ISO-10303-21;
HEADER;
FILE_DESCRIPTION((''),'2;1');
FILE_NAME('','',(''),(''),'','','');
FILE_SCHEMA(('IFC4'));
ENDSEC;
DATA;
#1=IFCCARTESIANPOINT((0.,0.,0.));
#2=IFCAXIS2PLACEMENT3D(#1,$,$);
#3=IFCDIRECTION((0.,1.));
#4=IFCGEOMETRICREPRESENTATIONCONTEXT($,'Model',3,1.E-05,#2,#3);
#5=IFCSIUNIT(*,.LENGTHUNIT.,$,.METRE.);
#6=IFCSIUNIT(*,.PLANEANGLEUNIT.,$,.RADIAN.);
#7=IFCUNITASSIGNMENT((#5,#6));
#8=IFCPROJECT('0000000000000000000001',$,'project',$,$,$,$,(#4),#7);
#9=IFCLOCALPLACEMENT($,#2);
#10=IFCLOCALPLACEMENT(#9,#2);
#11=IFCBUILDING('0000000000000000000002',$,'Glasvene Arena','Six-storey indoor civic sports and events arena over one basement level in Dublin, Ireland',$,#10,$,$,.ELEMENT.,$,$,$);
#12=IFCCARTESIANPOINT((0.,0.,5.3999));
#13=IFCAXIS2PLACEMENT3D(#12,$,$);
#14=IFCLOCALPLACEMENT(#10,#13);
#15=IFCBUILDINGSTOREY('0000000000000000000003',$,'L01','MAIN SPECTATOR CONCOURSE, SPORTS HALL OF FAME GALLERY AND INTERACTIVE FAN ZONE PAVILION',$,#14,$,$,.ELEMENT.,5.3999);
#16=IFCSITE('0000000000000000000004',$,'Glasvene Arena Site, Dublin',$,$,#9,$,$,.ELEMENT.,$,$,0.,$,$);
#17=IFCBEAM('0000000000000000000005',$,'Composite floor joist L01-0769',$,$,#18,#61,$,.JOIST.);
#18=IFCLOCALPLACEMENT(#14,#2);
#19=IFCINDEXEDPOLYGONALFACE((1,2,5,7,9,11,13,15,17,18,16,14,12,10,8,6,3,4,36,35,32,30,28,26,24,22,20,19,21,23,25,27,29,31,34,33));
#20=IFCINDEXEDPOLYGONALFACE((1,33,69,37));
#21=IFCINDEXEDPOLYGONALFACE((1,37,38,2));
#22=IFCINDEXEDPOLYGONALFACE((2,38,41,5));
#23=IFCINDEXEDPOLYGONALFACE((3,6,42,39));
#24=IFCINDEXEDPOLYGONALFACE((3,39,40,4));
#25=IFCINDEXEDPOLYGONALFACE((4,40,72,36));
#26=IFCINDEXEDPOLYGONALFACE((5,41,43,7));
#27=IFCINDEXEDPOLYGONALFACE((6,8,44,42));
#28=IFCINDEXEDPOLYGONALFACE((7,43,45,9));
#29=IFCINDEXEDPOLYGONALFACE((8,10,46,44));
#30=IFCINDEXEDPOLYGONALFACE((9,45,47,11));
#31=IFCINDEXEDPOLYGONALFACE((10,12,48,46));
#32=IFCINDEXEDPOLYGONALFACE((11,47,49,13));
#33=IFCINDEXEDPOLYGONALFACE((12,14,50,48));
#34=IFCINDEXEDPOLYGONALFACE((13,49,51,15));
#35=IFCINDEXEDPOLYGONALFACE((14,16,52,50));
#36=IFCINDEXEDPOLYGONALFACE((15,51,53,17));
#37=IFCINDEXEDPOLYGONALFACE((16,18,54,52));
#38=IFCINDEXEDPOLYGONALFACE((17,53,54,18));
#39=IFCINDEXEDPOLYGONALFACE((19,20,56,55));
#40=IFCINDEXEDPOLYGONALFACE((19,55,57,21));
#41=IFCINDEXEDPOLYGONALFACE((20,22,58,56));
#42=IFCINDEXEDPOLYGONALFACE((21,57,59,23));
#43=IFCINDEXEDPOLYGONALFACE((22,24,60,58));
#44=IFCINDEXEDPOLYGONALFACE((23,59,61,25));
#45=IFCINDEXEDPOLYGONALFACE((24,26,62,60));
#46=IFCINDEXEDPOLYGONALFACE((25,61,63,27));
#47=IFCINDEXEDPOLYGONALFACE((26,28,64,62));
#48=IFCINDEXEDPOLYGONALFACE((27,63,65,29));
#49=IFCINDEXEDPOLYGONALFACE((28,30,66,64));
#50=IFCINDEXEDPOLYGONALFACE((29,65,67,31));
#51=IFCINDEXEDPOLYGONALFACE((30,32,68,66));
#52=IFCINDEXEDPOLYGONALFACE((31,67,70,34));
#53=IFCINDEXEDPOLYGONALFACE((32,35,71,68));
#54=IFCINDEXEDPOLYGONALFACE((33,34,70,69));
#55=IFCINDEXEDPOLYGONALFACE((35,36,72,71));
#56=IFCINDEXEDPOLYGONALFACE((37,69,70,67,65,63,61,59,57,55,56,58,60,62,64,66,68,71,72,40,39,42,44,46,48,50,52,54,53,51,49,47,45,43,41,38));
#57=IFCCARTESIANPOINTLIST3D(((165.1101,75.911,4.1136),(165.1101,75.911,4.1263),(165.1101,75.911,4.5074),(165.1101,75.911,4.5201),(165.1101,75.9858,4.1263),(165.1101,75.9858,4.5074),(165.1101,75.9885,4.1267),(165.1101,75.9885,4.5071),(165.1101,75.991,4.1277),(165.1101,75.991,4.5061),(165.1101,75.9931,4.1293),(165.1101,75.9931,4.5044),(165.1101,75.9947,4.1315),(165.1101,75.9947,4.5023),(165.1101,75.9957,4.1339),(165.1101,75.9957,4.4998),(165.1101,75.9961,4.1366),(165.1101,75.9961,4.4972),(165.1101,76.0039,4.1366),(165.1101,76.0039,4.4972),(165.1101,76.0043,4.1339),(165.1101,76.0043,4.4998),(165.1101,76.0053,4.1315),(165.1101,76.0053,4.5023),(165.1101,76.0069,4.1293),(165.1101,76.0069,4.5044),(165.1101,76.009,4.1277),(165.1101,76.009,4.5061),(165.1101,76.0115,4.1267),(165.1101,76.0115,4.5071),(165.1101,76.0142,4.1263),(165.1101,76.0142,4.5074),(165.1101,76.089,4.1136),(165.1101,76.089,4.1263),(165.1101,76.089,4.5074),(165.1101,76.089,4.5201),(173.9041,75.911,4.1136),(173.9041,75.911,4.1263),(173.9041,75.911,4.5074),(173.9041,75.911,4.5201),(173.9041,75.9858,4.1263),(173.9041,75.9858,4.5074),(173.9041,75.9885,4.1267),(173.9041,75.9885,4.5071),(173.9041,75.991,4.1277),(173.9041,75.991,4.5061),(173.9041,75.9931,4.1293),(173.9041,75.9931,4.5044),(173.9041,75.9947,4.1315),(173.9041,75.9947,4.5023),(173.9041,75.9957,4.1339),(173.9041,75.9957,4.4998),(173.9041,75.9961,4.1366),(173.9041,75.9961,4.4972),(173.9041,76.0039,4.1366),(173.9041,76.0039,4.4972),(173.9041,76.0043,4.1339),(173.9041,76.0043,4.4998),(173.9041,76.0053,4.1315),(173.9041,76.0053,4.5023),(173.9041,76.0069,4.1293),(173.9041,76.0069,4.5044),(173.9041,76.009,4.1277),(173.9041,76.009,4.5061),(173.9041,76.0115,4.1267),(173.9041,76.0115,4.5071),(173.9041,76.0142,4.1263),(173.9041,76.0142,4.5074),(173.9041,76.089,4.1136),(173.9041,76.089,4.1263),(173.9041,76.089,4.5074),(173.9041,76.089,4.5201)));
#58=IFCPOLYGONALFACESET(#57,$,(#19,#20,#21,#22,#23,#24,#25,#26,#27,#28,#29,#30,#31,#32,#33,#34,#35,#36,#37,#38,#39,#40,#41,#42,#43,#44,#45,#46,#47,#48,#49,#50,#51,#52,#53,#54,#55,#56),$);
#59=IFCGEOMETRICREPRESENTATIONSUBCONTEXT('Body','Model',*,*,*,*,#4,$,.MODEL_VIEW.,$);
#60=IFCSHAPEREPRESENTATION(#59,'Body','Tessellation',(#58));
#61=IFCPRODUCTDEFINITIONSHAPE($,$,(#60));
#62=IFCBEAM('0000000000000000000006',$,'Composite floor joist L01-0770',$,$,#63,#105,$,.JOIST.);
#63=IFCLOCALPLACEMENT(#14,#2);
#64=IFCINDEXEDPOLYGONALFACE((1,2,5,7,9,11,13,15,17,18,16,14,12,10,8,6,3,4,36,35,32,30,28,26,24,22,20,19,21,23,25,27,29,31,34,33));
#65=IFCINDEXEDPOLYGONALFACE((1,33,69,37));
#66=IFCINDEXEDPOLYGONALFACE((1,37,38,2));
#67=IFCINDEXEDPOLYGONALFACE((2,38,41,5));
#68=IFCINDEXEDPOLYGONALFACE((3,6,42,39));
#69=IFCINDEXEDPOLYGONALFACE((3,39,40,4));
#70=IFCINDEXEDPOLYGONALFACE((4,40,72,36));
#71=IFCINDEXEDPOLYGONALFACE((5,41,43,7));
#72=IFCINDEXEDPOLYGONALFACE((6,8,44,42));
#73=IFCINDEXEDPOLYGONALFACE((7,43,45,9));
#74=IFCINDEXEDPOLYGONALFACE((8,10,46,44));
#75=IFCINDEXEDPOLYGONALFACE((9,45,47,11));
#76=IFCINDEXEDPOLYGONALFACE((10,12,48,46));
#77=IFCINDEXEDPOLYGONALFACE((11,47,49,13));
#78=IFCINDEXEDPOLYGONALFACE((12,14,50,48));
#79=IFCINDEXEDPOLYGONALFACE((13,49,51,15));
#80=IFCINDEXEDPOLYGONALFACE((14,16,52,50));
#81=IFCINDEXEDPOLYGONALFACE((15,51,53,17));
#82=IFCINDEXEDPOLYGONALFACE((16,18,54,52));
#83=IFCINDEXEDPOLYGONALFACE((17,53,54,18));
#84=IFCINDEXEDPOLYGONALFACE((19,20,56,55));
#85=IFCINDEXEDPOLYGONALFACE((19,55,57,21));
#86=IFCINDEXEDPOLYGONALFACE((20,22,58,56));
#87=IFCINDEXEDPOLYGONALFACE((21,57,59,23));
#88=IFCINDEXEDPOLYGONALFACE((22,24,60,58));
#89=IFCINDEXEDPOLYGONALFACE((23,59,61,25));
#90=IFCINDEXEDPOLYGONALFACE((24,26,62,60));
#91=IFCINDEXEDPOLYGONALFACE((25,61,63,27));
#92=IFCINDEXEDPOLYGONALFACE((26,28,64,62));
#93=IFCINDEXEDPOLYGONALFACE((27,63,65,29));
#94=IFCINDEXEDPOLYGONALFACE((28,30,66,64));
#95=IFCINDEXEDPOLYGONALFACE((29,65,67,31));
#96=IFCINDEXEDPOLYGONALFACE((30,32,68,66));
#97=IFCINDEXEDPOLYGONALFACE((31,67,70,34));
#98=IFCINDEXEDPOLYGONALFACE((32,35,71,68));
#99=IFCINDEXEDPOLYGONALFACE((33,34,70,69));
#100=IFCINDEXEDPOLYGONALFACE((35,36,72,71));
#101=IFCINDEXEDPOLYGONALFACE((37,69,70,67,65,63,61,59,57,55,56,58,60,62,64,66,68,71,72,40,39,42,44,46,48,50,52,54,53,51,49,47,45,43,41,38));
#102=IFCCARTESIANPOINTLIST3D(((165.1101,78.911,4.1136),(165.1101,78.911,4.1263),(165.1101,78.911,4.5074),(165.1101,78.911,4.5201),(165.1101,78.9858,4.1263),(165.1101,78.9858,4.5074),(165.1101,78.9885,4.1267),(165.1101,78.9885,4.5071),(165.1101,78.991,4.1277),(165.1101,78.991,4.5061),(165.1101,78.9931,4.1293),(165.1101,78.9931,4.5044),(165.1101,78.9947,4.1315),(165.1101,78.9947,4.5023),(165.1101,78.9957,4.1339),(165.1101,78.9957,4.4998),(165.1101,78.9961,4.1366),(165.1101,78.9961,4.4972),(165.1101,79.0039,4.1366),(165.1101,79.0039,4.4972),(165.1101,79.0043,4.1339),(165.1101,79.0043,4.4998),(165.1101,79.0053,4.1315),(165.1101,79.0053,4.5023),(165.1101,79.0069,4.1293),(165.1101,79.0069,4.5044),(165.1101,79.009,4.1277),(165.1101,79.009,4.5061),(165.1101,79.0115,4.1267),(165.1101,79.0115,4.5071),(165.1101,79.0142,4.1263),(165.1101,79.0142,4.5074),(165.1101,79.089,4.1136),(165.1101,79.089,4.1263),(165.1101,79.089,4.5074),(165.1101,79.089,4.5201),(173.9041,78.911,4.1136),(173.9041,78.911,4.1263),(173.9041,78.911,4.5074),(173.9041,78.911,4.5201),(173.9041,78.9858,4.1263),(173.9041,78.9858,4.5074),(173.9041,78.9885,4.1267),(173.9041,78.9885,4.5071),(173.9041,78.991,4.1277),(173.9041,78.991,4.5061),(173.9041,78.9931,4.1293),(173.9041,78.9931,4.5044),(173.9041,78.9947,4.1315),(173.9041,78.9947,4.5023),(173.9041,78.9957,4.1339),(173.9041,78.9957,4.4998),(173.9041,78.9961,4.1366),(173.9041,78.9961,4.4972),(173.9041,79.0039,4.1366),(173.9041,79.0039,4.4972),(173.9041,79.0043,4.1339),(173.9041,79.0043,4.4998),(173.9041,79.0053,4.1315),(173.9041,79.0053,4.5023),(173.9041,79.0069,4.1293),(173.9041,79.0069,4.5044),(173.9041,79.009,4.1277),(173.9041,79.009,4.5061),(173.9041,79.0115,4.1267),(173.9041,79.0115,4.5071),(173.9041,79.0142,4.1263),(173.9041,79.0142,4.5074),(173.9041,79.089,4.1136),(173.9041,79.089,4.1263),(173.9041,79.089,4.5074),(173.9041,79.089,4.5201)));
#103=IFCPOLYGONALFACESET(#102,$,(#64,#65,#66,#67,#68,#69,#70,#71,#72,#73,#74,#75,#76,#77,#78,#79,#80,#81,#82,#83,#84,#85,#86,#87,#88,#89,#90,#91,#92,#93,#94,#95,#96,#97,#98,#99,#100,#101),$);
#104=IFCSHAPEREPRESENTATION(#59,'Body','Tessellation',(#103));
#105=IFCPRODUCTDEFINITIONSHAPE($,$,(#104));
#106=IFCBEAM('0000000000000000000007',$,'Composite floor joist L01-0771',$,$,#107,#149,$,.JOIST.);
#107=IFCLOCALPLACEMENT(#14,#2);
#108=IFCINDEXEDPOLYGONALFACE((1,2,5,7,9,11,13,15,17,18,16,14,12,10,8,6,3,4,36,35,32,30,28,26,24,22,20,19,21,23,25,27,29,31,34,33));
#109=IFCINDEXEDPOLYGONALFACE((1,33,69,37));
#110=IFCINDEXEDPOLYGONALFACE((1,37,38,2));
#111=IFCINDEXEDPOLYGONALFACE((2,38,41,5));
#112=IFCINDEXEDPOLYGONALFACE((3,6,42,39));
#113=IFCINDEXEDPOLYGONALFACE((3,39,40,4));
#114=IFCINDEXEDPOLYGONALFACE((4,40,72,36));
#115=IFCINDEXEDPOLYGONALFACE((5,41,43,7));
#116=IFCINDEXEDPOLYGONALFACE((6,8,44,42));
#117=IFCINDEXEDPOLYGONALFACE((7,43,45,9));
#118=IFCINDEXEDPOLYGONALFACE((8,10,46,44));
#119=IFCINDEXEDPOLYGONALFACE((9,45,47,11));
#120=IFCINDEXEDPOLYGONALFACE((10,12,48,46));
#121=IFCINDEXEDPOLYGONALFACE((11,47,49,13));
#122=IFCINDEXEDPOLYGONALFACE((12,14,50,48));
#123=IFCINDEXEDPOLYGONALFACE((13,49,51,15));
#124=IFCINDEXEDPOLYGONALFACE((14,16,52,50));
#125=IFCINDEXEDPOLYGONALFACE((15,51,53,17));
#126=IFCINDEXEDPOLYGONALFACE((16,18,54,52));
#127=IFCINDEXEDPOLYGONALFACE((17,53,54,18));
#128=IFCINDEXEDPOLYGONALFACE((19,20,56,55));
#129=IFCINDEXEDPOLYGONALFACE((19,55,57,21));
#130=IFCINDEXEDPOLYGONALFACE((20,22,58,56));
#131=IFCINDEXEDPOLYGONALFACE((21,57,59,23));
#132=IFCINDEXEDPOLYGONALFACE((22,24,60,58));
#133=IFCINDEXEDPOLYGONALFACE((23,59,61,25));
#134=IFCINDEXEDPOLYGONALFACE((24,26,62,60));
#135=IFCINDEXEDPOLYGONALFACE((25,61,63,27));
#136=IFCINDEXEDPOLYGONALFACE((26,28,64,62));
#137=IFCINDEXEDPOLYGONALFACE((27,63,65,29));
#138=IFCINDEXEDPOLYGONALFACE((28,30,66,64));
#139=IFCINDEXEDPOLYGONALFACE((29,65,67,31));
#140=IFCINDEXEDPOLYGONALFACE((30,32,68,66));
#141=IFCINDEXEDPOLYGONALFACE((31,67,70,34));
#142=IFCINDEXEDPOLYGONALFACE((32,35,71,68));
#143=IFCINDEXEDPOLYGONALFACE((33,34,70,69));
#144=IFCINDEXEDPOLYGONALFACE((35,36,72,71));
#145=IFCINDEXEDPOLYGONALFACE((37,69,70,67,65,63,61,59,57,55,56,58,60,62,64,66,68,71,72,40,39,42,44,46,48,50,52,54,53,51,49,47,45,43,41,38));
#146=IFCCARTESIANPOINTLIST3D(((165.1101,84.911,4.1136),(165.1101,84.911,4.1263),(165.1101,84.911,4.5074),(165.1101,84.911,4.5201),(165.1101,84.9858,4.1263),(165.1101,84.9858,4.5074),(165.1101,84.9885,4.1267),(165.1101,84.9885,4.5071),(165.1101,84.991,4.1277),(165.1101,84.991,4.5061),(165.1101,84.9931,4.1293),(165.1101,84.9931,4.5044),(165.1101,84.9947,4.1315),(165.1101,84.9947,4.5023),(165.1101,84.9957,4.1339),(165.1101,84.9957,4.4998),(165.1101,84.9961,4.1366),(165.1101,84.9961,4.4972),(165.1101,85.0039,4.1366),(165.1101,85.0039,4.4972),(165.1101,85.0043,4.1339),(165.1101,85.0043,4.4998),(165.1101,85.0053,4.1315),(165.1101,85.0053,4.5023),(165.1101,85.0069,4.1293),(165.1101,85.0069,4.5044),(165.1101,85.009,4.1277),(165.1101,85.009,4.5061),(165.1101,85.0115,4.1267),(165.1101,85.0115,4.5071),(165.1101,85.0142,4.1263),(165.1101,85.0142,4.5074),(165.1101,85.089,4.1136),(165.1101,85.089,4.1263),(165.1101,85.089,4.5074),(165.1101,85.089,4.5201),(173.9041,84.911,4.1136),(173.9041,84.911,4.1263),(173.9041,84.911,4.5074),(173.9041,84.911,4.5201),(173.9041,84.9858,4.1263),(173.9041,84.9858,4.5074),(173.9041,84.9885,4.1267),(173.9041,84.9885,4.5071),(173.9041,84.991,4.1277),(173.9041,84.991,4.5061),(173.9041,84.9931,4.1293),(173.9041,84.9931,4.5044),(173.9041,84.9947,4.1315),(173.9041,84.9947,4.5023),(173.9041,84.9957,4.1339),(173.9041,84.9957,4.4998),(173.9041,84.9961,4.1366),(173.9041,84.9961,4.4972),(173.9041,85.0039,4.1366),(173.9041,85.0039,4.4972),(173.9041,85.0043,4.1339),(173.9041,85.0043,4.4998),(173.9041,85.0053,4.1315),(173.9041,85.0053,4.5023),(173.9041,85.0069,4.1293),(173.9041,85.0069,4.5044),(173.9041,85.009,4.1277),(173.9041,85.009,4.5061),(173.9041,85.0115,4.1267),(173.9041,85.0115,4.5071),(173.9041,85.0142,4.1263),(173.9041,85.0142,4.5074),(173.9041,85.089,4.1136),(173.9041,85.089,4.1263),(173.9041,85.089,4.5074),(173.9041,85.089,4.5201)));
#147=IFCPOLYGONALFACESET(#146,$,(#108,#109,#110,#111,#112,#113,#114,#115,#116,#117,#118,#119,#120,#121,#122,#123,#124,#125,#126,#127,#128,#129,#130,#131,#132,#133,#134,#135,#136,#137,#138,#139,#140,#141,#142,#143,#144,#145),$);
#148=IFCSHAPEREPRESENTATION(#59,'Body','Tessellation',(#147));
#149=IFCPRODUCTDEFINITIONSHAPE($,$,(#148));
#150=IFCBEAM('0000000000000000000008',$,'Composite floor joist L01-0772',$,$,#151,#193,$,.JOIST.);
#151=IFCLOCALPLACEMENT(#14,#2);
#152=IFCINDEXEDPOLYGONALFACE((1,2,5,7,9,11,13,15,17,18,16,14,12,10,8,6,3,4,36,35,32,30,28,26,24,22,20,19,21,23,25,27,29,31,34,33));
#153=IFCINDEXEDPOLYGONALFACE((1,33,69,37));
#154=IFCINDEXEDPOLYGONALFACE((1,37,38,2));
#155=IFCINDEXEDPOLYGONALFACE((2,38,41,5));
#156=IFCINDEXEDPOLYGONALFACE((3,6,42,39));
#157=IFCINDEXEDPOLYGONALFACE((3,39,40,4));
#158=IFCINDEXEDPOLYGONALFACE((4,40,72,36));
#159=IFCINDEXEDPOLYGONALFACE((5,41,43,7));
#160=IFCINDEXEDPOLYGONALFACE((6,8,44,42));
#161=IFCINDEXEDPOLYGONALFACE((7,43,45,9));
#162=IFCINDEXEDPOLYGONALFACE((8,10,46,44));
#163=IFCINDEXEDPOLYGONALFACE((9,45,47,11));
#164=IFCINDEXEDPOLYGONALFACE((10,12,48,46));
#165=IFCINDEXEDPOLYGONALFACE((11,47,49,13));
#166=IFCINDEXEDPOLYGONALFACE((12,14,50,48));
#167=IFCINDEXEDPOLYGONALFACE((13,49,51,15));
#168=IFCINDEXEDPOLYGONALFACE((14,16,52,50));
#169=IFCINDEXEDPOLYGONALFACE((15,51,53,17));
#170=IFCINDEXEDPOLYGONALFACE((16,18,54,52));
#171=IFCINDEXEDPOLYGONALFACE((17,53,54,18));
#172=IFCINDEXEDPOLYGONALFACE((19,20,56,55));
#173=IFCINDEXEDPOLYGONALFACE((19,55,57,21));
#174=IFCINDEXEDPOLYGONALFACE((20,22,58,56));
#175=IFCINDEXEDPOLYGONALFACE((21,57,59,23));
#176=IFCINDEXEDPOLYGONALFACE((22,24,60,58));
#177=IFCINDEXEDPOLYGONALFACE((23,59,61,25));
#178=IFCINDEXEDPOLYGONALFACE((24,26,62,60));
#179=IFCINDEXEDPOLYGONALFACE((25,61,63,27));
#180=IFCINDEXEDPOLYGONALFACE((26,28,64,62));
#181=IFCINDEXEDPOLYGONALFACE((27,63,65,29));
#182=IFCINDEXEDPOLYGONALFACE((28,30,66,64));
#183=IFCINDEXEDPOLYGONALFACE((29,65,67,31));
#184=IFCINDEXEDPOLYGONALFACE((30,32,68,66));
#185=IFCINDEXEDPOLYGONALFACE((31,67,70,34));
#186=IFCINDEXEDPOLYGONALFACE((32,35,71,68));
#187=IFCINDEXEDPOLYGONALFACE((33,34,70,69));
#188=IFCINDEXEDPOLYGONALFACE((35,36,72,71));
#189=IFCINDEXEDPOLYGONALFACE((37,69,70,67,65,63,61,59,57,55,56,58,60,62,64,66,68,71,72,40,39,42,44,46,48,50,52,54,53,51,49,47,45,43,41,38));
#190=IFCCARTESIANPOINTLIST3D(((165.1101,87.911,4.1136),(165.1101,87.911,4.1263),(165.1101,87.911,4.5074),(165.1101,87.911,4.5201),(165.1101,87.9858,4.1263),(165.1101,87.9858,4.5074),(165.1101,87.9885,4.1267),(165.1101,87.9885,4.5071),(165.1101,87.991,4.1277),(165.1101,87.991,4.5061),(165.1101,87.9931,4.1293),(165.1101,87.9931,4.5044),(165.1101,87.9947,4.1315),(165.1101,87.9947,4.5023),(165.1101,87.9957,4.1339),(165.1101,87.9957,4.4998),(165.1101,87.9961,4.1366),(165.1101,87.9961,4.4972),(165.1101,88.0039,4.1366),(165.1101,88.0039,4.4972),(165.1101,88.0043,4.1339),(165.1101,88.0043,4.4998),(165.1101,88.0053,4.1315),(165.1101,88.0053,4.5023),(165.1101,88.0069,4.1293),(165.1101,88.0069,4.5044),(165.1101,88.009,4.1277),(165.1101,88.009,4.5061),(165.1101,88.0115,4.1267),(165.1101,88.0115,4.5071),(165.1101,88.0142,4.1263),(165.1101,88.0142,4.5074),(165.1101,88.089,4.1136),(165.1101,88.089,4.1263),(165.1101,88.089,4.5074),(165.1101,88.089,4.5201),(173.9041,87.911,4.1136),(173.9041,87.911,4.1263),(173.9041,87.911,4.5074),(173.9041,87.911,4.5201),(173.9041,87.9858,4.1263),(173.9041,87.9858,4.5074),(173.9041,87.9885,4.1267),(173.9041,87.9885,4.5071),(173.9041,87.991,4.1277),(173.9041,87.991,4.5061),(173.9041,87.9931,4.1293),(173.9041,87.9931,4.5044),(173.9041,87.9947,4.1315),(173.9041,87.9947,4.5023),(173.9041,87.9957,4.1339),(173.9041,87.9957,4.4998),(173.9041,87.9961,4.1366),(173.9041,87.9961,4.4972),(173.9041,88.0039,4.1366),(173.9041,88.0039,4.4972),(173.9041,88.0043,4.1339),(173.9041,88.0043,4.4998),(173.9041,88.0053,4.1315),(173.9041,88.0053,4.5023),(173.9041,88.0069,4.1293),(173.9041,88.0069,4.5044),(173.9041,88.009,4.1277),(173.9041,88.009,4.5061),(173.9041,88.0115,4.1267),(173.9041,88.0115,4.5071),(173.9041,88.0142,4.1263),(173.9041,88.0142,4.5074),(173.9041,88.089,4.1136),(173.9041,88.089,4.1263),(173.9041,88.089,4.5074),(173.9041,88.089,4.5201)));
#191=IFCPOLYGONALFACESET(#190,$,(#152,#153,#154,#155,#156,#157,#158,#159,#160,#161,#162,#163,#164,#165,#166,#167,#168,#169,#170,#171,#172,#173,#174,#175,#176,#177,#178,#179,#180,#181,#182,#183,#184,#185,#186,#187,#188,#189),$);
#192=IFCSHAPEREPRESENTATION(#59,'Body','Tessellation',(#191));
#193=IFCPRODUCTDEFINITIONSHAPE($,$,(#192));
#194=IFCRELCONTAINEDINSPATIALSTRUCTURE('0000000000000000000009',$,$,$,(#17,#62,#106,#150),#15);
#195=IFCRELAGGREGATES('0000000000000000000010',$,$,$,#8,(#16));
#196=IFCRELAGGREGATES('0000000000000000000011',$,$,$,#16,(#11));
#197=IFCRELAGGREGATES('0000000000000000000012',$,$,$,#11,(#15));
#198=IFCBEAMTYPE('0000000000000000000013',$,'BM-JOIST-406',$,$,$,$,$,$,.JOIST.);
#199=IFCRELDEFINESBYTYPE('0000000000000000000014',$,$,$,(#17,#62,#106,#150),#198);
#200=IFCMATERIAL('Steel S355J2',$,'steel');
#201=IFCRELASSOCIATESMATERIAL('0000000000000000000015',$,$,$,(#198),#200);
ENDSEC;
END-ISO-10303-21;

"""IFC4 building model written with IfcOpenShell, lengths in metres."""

from ifc_helpers import new_model, si_unit, direction, frame, origin, origin_2d, place, context, subcontext, project, spatial, i_section, extrude, material, material_profile, profile_set, type_object, element, save


model = new_model("IFC4")

# Units and contexts
model_context = context("Model", 3, precision=1e-05, world=origin(), true_north=direction((0.0, 1.0)))
body_context = subcontext(model_context, "Body", "Model", "MODEL_VIEW")
ifc_project = project(units=[si_unit("LENGTHUNIT", "METRE"), si_unit("PLANEANGLEUNIT", "RADIAN")], contexts=[model_context])

# Site, building, storey
site_placement = place(None, origin())
site = spatial("IfcSite", under=ifc_project, at=site_placement, Name="Glasvene Arena Site, Dublin", CompositionType="ELEMENT", RefElevation=0.0)
building_placement = place(site_placement, origin())
building = spatial("IfcBuilding", under=site, at=building_placement, Name="Glasvene Arena", Description="Six-storey indoor civic sports and events arena over one basement level in Dublin, Ireland", CompositionType="ELEMENT")
storey_placement = place(building_placement, frame((0.0, 0.0, 5.3999)))
storey = spatial("IfcBuildingStorey", under=building, at=storey_placement, Name="L01", Description="MAIN SPECTATOR CONCOURSE, SPORTS HALL OF FAME GALLERY AND INTERACTIVE FAN ZONE PAVILION", CompositionType="ELEMENT", Elevation=5.3999)

# Shared definitions
ifc_material_1 = material(Name="Steel S355J2", Category="steel")

# Beams
ifc_material_profile_1 = material_profile(ifc_material_1, i_section(OverallWidth=0.178, OverallDepth=0.4065, WebThickness=0.0078, FlangeThickness=0.0127, FilletRadius=0.0103, at=origin_2d()), Name="UKB 406x178x60")
ifc_profile_set_1 = profile_set([ifc_material_profile_1], Name="Steel S355J2")
beam_type_1 = type_object("IfcBeamType", Name="BM-JOIST-406", PredefinedType="JOIST", material=ifc_profile_set_1)
for number, where, z_axis, x_axis, name in (
    (1, (165.1101, 76.0, 4.3169), (1.0, 0.0, 0.0), (0.0, 1.0, 0.0), "Composite floor joist L01-0769"),
    (2, (165.1101, 79.0, 4.3169), (1.0, 0.0, 0.0), (0.0, 1.0, 0.0), "Composite floor joist L01-0770"),
    (3, (165.1101, 85.0, 4.3169), (1.0, 0.0, 0.0), (0.0, 1.0, 0.0), "Composite floor joist L01-0771"),
    (4, (165.1101, 88.0, 4.3169), (1.0, 0.0, 0.0), (0.0, 1.0, 0.0), "Composite floor joist L01-0772"),
):
    element("IfcBeam", number, at=place(storey_placement, frame(where, z_axis=z_axis, x_axis=x_axis)), inside=storey, type_object=beam_type_1, Name=name, PredefinedType="JOIST", context=body_context, shape_type="SweptSolid", body=[
        extrude(i_section(OverallWidth=0.178, OverallDepth=0.4065, WebThickness=0.0078, FlangeThickness=0.0127, FilletRadius=0.0103, at=origin_2d()), origin(), (0.0, 0.0, 1.0), 8.7939),
    ])

save(model, "model.ifc")
